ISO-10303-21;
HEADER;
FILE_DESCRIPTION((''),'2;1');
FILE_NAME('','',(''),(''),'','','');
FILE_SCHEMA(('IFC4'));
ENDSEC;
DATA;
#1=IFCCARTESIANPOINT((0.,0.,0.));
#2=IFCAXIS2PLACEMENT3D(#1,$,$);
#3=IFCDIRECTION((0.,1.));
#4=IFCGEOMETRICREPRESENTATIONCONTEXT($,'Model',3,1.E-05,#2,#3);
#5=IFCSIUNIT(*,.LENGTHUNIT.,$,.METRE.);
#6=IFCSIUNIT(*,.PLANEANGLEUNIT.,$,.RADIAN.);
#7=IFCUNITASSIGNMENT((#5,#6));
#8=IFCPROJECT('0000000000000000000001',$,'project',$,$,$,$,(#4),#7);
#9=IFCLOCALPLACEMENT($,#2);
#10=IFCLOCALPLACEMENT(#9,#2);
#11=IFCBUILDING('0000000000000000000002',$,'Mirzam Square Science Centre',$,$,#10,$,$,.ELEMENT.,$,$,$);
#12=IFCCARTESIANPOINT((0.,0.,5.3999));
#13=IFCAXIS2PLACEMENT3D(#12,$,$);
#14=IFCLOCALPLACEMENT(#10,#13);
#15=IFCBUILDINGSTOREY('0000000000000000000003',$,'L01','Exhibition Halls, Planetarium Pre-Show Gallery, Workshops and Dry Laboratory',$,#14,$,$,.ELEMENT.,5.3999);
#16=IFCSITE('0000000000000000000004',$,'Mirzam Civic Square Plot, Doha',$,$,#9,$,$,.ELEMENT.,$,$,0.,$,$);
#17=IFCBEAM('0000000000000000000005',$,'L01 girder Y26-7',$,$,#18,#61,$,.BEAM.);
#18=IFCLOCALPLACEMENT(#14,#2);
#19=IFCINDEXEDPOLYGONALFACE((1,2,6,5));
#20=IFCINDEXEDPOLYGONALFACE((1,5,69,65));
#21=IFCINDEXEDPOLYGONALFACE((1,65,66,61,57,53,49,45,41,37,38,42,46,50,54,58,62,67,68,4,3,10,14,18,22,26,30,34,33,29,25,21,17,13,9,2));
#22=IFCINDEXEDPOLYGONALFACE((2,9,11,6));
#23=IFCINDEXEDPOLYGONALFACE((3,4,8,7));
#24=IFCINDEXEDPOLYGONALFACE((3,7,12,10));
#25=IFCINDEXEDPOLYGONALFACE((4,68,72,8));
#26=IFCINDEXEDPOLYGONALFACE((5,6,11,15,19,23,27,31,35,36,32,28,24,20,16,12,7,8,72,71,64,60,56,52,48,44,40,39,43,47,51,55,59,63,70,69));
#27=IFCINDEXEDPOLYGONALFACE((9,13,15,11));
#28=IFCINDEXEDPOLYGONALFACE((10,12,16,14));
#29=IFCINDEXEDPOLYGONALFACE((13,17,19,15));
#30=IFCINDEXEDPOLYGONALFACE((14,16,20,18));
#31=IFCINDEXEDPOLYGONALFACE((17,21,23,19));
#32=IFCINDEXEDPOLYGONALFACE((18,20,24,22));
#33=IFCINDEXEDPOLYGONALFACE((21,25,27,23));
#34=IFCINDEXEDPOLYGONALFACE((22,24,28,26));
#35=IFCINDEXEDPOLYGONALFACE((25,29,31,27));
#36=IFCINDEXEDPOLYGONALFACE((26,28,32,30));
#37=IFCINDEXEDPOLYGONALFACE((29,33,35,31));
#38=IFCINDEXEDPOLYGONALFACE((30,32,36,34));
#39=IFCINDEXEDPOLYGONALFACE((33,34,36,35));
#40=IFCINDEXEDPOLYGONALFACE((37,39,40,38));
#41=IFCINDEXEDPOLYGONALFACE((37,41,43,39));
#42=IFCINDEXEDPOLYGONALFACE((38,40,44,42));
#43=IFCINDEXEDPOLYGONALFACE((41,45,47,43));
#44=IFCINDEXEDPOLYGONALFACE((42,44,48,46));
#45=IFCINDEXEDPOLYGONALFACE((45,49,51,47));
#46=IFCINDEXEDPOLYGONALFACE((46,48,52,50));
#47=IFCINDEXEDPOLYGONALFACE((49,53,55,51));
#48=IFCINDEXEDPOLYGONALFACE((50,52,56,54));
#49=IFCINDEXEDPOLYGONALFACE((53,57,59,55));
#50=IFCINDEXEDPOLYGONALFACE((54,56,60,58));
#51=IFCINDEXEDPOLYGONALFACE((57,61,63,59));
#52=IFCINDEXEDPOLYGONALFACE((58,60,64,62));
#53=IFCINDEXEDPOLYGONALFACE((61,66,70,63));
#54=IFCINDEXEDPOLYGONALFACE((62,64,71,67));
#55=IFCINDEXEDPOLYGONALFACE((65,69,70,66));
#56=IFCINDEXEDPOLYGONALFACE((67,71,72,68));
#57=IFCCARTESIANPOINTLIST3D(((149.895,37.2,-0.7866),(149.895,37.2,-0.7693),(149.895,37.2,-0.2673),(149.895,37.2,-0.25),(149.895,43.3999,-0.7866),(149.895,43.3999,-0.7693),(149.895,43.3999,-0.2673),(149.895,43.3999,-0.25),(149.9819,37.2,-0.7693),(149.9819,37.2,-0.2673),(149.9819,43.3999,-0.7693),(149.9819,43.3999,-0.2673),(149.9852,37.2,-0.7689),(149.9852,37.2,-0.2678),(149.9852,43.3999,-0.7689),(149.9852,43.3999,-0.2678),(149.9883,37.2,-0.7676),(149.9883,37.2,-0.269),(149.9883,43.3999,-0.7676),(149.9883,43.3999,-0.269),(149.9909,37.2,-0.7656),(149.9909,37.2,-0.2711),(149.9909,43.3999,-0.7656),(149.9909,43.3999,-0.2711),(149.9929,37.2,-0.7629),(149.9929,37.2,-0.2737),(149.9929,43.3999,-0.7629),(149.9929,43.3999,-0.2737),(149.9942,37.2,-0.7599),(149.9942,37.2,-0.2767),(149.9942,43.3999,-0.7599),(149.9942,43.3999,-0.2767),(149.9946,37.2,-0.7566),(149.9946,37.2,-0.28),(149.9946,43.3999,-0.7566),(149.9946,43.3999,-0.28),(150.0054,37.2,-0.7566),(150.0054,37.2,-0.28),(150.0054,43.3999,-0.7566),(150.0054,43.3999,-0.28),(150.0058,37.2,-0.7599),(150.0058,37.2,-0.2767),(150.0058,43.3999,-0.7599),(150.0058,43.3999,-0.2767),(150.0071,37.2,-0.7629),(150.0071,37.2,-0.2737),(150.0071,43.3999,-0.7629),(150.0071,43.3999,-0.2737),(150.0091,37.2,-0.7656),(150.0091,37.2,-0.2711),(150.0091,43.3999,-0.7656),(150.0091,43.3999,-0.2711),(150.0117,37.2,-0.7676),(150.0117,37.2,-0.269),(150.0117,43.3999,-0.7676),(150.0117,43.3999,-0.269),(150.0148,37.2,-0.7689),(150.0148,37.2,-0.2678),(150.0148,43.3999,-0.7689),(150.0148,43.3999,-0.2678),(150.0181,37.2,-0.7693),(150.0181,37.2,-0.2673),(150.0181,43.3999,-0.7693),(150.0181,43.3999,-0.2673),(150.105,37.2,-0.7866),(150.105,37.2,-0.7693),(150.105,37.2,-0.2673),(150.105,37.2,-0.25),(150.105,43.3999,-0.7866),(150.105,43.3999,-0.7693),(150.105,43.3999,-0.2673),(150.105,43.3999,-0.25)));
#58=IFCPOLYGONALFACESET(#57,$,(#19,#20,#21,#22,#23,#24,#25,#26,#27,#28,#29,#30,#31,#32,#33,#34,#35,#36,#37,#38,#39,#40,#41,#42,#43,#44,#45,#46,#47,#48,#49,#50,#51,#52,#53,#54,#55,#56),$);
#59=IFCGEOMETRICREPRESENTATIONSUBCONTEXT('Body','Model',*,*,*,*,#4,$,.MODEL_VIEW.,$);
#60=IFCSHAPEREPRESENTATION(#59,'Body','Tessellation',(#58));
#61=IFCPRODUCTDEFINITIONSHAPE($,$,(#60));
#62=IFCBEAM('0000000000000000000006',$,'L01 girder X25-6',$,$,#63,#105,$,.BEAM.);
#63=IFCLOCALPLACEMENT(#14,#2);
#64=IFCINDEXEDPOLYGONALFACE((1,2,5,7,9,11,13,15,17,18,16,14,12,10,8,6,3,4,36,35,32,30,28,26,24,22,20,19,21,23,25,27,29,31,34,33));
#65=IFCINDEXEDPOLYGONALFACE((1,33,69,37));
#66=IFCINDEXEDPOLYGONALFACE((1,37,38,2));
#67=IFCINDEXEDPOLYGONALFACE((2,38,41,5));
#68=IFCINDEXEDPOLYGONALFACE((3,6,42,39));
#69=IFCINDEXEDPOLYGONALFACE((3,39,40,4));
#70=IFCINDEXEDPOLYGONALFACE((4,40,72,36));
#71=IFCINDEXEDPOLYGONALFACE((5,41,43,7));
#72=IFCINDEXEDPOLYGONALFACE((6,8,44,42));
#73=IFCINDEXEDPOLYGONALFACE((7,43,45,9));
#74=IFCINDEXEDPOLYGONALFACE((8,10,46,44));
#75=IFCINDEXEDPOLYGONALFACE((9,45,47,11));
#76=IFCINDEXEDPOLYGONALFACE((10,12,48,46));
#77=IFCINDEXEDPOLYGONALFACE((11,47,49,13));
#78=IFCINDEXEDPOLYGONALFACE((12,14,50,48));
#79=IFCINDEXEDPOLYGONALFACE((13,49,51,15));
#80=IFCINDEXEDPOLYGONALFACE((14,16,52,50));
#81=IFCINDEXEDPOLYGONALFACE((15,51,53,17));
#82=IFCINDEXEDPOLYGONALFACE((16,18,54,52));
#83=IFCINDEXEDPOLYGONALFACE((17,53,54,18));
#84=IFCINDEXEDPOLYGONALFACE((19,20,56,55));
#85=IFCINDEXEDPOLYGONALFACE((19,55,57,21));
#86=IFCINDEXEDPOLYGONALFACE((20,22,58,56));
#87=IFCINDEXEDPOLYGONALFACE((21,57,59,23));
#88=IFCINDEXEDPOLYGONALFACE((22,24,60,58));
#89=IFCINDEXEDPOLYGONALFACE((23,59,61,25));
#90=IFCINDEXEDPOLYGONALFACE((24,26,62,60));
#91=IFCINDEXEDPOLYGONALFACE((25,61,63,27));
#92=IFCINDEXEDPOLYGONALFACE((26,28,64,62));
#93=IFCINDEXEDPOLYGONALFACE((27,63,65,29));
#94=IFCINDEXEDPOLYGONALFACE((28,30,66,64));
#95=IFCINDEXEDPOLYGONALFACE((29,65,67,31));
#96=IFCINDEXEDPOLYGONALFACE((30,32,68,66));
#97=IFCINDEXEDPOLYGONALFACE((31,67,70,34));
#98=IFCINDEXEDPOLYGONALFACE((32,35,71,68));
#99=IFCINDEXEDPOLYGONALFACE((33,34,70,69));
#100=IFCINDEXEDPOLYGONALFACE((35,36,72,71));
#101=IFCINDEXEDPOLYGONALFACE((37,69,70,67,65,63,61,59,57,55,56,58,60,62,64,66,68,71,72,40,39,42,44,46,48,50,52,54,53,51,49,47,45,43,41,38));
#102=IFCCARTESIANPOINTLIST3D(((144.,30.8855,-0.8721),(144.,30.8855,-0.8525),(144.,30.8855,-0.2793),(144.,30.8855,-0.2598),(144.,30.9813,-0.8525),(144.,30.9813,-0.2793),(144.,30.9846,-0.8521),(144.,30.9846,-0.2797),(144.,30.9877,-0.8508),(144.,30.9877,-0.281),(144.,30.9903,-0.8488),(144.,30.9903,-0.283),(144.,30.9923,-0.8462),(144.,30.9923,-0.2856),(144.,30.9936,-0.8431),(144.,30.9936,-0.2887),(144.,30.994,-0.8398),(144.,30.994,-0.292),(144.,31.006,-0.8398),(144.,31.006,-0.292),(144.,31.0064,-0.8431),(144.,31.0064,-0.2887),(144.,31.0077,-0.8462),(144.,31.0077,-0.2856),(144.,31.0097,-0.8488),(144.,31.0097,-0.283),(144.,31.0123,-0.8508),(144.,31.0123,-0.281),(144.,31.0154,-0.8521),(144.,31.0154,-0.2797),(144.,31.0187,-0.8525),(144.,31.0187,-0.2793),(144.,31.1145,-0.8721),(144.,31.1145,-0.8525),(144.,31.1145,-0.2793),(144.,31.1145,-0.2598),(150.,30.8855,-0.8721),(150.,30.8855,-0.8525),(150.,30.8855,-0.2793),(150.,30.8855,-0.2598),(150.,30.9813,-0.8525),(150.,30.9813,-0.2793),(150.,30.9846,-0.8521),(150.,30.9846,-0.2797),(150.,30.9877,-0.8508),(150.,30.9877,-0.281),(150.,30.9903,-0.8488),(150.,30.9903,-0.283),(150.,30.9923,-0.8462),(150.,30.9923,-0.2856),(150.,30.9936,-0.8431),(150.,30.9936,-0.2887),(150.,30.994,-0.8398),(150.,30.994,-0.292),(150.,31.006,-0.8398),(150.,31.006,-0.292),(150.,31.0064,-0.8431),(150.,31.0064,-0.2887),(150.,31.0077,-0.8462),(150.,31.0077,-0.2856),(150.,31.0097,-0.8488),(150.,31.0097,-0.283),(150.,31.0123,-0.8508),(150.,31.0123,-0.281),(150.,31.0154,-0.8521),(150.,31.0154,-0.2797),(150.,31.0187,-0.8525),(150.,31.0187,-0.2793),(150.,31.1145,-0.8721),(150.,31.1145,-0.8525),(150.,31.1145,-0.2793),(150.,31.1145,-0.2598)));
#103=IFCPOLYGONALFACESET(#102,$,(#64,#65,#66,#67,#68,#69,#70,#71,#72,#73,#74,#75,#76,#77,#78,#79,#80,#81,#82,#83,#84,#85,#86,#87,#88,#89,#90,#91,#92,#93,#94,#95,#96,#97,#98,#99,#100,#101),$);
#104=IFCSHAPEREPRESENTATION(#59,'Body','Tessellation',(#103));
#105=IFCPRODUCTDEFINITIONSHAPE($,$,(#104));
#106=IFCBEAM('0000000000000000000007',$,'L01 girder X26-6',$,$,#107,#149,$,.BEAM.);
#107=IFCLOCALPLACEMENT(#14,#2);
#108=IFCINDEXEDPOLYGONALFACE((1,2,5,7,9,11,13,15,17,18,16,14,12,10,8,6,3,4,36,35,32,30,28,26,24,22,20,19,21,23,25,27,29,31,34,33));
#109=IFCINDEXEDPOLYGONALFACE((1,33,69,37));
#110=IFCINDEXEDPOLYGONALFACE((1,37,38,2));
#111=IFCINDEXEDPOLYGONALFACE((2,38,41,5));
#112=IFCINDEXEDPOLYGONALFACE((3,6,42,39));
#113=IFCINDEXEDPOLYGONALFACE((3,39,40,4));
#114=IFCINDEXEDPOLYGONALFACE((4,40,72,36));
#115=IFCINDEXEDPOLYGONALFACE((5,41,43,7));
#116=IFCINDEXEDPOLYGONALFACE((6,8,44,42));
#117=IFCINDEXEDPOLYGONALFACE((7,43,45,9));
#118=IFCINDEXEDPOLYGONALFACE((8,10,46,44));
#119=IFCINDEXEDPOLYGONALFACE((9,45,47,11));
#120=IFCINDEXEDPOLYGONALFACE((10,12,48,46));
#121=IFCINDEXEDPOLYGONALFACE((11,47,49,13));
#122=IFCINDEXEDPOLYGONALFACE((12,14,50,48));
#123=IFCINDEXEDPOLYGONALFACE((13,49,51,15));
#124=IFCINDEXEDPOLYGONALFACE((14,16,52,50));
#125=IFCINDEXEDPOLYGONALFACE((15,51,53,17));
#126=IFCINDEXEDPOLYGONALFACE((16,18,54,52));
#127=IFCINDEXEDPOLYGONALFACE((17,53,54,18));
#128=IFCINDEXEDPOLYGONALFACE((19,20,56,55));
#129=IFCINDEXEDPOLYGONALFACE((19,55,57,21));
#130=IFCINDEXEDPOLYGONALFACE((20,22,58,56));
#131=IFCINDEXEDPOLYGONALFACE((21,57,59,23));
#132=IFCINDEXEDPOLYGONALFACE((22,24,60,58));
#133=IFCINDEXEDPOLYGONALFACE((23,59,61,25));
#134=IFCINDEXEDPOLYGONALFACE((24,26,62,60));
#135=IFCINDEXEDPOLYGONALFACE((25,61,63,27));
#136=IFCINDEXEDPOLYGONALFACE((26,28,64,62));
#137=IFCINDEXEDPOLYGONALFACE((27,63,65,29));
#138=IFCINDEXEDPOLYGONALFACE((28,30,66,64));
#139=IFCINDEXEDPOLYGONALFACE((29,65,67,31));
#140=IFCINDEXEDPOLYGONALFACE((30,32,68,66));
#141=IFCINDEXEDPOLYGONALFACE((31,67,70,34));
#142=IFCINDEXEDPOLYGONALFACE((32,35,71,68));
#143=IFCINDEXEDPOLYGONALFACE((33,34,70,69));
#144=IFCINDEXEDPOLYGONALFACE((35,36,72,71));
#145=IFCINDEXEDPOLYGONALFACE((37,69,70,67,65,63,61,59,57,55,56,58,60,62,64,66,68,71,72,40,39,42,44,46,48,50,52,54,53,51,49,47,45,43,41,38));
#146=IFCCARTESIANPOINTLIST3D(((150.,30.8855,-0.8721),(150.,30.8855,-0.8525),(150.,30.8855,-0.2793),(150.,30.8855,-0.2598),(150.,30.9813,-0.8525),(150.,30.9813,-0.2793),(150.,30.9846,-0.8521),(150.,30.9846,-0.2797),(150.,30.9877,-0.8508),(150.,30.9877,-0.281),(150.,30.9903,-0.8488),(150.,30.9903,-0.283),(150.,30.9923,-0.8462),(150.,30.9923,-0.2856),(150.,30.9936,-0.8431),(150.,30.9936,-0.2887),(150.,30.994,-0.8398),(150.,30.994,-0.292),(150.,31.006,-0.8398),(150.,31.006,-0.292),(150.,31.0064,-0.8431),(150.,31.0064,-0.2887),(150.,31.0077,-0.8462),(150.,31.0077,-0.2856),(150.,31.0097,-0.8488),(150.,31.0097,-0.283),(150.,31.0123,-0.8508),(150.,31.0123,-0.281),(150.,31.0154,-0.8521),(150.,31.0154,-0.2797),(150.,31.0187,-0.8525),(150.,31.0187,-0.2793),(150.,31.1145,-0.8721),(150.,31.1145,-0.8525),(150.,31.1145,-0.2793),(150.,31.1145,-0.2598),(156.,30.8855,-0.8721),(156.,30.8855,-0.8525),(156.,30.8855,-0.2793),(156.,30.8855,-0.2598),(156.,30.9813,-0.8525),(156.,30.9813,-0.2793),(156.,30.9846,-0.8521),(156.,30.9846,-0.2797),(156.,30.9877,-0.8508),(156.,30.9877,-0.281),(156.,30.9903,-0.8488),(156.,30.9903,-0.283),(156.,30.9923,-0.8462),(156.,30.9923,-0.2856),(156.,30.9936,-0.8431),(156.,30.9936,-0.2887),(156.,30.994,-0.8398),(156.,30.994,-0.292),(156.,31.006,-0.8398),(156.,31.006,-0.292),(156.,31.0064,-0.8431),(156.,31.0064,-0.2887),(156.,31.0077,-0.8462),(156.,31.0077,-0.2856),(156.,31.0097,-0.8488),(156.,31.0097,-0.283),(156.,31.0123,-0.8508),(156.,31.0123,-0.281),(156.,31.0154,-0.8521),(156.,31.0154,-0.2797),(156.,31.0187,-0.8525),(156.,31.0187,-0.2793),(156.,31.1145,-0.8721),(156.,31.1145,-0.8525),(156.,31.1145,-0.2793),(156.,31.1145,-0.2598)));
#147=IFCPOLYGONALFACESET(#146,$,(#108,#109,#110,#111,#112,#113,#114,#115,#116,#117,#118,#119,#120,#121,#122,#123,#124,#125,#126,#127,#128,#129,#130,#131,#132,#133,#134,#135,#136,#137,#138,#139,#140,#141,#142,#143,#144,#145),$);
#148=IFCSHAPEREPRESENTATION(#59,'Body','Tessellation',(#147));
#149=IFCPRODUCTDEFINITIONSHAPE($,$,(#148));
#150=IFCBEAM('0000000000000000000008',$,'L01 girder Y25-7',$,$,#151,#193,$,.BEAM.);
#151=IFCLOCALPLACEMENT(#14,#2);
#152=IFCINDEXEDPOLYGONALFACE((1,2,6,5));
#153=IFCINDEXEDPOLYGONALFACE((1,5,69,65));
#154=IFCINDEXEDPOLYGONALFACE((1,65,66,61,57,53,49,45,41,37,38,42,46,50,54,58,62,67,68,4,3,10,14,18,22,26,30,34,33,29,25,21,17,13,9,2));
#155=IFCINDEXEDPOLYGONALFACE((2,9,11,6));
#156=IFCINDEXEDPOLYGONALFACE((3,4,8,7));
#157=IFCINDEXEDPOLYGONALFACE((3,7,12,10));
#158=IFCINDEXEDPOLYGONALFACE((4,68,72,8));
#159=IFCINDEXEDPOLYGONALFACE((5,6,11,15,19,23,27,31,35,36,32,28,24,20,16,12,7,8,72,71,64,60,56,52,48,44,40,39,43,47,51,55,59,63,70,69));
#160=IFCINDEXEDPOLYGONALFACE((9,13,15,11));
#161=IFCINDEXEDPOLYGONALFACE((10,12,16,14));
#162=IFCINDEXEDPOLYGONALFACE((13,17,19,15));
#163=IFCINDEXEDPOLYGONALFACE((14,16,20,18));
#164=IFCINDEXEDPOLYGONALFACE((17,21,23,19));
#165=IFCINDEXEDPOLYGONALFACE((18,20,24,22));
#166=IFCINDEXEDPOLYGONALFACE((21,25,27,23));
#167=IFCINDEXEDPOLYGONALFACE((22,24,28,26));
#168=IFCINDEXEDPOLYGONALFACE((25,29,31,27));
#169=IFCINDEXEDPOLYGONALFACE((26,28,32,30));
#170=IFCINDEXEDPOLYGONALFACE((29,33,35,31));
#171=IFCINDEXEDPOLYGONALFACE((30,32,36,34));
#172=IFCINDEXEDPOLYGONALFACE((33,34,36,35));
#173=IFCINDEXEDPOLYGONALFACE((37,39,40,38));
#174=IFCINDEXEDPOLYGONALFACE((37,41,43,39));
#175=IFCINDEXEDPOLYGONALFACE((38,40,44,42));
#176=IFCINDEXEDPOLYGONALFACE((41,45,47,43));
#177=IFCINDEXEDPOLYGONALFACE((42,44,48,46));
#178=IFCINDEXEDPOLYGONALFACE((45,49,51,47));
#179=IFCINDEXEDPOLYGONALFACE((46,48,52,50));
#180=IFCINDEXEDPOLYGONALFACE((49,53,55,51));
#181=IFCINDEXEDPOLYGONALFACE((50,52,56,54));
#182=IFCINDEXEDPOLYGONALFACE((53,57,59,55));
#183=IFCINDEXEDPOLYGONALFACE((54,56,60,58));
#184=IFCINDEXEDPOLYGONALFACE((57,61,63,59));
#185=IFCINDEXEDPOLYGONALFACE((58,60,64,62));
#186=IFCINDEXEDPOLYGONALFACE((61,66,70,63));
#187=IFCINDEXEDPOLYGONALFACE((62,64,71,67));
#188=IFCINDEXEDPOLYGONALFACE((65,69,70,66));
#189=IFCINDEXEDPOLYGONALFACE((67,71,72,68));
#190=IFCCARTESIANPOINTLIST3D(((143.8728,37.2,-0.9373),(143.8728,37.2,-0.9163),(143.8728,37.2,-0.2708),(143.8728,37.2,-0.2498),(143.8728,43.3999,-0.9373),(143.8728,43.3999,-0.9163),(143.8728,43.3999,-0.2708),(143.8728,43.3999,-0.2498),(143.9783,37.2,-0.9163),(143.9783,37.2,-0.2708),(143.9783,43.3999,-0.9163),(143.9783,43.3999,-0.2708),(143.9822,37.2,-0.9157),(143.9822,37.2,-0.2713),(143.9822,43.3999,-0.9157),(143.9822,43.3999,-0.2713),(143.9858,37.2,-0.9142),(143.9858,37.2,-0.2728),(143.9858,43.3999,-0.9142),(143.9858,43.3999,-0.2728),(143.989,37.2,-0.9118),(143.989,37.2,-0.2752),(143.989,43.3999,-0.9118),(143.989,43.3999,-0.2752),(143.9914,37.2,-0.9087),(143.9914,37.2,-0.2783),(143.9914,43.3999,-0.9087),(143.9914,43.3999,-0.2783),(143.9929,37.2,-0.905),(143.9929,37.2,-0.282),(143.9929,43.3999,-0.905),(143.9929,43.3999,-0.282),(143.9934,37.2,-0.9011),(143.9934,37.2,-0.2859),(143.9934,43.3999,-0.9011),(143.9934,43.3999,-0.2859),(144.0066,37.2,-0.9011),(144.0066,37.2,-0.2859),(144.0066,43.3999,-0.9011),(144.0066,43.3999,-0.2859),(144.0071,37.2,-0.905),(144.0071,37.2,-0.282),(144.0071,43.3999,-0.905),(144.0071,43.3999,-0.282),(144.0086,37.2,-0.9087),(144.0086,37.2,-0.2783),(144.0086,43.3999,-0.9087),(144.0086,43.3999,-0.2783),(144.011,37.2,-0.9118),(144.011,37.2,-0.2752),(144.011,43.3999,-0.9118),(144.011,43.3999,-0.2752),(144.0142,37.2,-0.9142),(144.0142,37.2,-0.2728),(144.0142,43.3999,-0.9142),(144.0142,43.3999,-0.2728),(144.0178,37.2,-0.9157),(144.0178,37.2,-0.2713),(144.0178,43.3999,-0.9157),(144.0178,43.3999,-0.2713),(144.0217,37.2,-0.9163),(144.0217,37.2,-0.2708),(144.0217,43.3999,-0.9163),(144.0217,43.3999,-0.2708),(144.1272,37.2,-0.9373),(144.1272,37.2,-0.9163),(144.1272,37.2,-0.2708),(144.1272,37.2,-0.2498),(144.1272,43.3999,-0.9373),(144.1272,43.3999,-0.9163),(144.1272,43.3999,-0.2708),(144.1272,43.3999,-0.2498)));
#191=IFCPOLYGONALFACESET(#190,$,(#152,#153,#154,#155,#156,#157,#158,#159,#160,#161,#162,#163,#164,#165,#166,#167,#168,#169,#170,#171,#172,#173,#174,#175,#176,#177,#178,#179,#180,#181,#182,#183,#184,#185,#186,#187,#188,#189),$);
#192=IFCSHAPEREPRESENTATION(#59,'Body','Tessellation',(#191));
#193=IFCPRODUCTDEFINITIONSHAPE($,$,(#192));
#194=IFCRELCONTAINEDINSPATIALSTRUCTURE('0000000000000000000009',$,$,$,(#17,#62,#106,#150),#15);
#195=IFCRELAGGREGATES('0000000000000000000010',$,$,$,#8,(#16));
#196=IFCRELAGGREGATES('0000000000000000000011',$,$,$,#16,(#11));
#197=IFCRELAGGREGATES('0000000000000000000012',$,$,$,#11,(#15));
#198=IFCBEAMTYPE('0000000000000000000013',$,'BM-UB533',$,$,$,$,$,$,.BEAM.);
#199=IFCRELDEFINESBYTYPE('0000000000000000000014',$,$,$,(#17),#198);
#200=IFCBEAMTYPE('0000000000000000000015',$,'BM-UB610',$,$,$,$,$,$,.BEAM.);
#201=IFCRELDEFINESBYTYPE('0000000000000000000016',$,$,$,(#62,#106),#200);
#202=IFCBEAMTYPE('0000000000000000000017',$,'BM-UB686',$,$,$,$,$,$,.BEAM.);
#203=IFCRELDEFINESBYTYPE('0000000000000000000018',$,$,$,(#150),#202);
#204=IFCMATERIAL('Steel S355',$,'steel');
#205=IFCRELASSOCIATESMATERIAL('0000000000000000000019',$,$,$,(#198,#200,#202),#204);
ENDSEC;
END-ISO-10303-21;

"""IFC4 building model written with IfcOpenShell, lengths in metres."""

from ifc_helpers import new_model, si_unit, direction, frame, origin, origin_2d, place, context, subcontext, project, spatial, i_section, extrude, material, material_profile, profile_set, type_object, element, save


model = new_model("IFC4")

# Units and contexts
model_context = context("Model", 3, precision=1e-05, world=origin(), true_north=direction((0.0, 1.0)))
body_context = subcontext(model_context, "Body", "Model", "MODEL_VIEW")
ifc_project = project(units=[si_unit("LENGTHUNIT", "METRE"), si_unit("PLANEANGLEUNIT", "RADIAN")], contexts=[model_context])

# Site, building, storey
site_placement = place(None, origin())
site = spatial("IfcSite", under=ifc_project, at=site_placement, Name="Mirzam Civic Square Plot, Doha", CompositionType="ELEMENT", RefElevation=0.0)
building_placement = place(site_placement, origin())
building = spatial("IfcBuilding", under=site, at=building_placement, Name="Mirzam Square Science Centre", CompositionType="ELEMENT")
storey_placement = place(building_placement, frame((0.0, 0.0, 5.3999)))
storey = spatial("IfcBuildingStorey", under=building, at=storey_placement, Name="L01", Description="Exhibition Halls, Planetarium Pre-Show Gallery, Workshops and Dry Laboratory", CompositionType="ELEMENT", Elevation=5.3999)

# Shared definitions
ifc_material_1 = material(Name="Steel S355", Category="steel")

# Beams
ifc_material_profile_1 = material_profile(ifc_material_1, i_section(OverallWidth=0.21, OverallDepth=0.5366, WebThickness=0.0107, FlangeThickness=0.0173, FilletRadius=0.0127, at=origin_2d()), Name="533x210x101UB")
ifc_profile_set_1 = profile_set([ifc_material_profile_1], Name="Steel S355")
beam_type_1 = type_object("IfcBeamType", Name="BM-UB533", PredefinedType="BEAM", material=ifc_profile_set_1)
beam_1_placement = place(storey_placement, frame((150.0, 37.2, -0.5183), z_axis=(0.0, 1.0, 0.0), x_axis=(-1.0, 0.0, 0.0)))
element("IfcBeam", 1, at=beam_1_placement, inside=storey, type_object=beam_type_1, Name="L01 girder Y26-7", PredefinedType="BEAM", context=body_context, shape_type="SweptSolid", body=[
    extrude(i_section(OverallWidth=0.21, OverallDepth=0.5366, WebThickness=0.0107, FlangeThickness=0.0173, FilletRadius=0.0127, at=origin_2d()), origin(), (0.0, 0.0, 1.0), 6.2),
])
ifc_material_profile_2 = material_profile(ifc_material_1, i_section(OverallWidth=0.229, OverallDepth=0.6123, WebThickness=0.012, FlangeThickness=0.0195, FilletRadius=0.0127, at=origin_2d()), Name="610x229x125UB")
ifc_profile_set_2 = profile_set([ifc_material_profile_2], Name="Steel S355")
beam_type_2 = type_object("IfcBeamType", Name="BM-UB610", PredefinedType="BEAM", material=ifc_profile_set_2)
for number, where, z_axis, x_axis, name in (
    (2, (144.0, 31.0, -0.5659), (1.0, 0.0, 0.0), (0.0, 1.0, 0.0), "L01 girder X25-6"),
    (3, (150.0, 31.0, -0.5659), (1.0, 0.0, 0.0), (0.0, 1.0, 0.0), "L01 girder X26-6"),
):
    element("IfcBeam", number, at=place(storey_placement, frame(where, z_axis=z_axis, x_axis=x_axis)), inside=storey, type_object=beam_type_2, Name=name, PredefinedType="BEAM", context=body_context, shape_type="SweptSolid", body=[
        extrude(i_section(OverallWidth=0.229, OverallDepth=0.6123, WebThickness=0.012, FlangeThickness=0.0195, FilletRadius=0.0127, at=origin_2d()), origin(), (0.0, 0.0, 1.0), 6.0),
    ])
ifc_material_profile_3 = material_profile(ifc_material_1, i_section(OverallWidth=0.2544, OverallDepth=0.6875, WebThickness=0.0132, FlangeThickness=0.021, FilletRadius=0.0151, at=origin_2d()), Name="686x254x152UB")
ifc_profile_set_3 = profile_set([ifc_material_profile_3], Name="Steel S355")
beam_type_3 = type_object("IfcBeamType", Name="BM-UB686", PredefinedType="BEAM", material=ifc_profile_set_3)
for number, where, z_axis, x_axis, name in (
    (4, (144.0, 37.2, -0.5935), (0.0, 1.0, 0.0), (-1.0, 0.0, 0.0), "L01 girder Y25-7"),
):
    element("IfcBeam", number, at=place(storey_placement, frame(where, z_axis=z_axis, x_axis=x_axis)), inside=storey, type_object=beam_type_3, Name=name, PredefinedType="BEAM", context=body_context, shape_type="SweptSolid", body=[
        extrude(i_section(OverallWidth=0.2544, OverallDepth=0.6875, WebThickness=0.0132, FlangeThickness=0.021, FilletRadius=0.0151, at=origin_2d()), origin(), (0.0, 0.0, 1.0), 6.2),
    ])

save(model, "model.ifc")
